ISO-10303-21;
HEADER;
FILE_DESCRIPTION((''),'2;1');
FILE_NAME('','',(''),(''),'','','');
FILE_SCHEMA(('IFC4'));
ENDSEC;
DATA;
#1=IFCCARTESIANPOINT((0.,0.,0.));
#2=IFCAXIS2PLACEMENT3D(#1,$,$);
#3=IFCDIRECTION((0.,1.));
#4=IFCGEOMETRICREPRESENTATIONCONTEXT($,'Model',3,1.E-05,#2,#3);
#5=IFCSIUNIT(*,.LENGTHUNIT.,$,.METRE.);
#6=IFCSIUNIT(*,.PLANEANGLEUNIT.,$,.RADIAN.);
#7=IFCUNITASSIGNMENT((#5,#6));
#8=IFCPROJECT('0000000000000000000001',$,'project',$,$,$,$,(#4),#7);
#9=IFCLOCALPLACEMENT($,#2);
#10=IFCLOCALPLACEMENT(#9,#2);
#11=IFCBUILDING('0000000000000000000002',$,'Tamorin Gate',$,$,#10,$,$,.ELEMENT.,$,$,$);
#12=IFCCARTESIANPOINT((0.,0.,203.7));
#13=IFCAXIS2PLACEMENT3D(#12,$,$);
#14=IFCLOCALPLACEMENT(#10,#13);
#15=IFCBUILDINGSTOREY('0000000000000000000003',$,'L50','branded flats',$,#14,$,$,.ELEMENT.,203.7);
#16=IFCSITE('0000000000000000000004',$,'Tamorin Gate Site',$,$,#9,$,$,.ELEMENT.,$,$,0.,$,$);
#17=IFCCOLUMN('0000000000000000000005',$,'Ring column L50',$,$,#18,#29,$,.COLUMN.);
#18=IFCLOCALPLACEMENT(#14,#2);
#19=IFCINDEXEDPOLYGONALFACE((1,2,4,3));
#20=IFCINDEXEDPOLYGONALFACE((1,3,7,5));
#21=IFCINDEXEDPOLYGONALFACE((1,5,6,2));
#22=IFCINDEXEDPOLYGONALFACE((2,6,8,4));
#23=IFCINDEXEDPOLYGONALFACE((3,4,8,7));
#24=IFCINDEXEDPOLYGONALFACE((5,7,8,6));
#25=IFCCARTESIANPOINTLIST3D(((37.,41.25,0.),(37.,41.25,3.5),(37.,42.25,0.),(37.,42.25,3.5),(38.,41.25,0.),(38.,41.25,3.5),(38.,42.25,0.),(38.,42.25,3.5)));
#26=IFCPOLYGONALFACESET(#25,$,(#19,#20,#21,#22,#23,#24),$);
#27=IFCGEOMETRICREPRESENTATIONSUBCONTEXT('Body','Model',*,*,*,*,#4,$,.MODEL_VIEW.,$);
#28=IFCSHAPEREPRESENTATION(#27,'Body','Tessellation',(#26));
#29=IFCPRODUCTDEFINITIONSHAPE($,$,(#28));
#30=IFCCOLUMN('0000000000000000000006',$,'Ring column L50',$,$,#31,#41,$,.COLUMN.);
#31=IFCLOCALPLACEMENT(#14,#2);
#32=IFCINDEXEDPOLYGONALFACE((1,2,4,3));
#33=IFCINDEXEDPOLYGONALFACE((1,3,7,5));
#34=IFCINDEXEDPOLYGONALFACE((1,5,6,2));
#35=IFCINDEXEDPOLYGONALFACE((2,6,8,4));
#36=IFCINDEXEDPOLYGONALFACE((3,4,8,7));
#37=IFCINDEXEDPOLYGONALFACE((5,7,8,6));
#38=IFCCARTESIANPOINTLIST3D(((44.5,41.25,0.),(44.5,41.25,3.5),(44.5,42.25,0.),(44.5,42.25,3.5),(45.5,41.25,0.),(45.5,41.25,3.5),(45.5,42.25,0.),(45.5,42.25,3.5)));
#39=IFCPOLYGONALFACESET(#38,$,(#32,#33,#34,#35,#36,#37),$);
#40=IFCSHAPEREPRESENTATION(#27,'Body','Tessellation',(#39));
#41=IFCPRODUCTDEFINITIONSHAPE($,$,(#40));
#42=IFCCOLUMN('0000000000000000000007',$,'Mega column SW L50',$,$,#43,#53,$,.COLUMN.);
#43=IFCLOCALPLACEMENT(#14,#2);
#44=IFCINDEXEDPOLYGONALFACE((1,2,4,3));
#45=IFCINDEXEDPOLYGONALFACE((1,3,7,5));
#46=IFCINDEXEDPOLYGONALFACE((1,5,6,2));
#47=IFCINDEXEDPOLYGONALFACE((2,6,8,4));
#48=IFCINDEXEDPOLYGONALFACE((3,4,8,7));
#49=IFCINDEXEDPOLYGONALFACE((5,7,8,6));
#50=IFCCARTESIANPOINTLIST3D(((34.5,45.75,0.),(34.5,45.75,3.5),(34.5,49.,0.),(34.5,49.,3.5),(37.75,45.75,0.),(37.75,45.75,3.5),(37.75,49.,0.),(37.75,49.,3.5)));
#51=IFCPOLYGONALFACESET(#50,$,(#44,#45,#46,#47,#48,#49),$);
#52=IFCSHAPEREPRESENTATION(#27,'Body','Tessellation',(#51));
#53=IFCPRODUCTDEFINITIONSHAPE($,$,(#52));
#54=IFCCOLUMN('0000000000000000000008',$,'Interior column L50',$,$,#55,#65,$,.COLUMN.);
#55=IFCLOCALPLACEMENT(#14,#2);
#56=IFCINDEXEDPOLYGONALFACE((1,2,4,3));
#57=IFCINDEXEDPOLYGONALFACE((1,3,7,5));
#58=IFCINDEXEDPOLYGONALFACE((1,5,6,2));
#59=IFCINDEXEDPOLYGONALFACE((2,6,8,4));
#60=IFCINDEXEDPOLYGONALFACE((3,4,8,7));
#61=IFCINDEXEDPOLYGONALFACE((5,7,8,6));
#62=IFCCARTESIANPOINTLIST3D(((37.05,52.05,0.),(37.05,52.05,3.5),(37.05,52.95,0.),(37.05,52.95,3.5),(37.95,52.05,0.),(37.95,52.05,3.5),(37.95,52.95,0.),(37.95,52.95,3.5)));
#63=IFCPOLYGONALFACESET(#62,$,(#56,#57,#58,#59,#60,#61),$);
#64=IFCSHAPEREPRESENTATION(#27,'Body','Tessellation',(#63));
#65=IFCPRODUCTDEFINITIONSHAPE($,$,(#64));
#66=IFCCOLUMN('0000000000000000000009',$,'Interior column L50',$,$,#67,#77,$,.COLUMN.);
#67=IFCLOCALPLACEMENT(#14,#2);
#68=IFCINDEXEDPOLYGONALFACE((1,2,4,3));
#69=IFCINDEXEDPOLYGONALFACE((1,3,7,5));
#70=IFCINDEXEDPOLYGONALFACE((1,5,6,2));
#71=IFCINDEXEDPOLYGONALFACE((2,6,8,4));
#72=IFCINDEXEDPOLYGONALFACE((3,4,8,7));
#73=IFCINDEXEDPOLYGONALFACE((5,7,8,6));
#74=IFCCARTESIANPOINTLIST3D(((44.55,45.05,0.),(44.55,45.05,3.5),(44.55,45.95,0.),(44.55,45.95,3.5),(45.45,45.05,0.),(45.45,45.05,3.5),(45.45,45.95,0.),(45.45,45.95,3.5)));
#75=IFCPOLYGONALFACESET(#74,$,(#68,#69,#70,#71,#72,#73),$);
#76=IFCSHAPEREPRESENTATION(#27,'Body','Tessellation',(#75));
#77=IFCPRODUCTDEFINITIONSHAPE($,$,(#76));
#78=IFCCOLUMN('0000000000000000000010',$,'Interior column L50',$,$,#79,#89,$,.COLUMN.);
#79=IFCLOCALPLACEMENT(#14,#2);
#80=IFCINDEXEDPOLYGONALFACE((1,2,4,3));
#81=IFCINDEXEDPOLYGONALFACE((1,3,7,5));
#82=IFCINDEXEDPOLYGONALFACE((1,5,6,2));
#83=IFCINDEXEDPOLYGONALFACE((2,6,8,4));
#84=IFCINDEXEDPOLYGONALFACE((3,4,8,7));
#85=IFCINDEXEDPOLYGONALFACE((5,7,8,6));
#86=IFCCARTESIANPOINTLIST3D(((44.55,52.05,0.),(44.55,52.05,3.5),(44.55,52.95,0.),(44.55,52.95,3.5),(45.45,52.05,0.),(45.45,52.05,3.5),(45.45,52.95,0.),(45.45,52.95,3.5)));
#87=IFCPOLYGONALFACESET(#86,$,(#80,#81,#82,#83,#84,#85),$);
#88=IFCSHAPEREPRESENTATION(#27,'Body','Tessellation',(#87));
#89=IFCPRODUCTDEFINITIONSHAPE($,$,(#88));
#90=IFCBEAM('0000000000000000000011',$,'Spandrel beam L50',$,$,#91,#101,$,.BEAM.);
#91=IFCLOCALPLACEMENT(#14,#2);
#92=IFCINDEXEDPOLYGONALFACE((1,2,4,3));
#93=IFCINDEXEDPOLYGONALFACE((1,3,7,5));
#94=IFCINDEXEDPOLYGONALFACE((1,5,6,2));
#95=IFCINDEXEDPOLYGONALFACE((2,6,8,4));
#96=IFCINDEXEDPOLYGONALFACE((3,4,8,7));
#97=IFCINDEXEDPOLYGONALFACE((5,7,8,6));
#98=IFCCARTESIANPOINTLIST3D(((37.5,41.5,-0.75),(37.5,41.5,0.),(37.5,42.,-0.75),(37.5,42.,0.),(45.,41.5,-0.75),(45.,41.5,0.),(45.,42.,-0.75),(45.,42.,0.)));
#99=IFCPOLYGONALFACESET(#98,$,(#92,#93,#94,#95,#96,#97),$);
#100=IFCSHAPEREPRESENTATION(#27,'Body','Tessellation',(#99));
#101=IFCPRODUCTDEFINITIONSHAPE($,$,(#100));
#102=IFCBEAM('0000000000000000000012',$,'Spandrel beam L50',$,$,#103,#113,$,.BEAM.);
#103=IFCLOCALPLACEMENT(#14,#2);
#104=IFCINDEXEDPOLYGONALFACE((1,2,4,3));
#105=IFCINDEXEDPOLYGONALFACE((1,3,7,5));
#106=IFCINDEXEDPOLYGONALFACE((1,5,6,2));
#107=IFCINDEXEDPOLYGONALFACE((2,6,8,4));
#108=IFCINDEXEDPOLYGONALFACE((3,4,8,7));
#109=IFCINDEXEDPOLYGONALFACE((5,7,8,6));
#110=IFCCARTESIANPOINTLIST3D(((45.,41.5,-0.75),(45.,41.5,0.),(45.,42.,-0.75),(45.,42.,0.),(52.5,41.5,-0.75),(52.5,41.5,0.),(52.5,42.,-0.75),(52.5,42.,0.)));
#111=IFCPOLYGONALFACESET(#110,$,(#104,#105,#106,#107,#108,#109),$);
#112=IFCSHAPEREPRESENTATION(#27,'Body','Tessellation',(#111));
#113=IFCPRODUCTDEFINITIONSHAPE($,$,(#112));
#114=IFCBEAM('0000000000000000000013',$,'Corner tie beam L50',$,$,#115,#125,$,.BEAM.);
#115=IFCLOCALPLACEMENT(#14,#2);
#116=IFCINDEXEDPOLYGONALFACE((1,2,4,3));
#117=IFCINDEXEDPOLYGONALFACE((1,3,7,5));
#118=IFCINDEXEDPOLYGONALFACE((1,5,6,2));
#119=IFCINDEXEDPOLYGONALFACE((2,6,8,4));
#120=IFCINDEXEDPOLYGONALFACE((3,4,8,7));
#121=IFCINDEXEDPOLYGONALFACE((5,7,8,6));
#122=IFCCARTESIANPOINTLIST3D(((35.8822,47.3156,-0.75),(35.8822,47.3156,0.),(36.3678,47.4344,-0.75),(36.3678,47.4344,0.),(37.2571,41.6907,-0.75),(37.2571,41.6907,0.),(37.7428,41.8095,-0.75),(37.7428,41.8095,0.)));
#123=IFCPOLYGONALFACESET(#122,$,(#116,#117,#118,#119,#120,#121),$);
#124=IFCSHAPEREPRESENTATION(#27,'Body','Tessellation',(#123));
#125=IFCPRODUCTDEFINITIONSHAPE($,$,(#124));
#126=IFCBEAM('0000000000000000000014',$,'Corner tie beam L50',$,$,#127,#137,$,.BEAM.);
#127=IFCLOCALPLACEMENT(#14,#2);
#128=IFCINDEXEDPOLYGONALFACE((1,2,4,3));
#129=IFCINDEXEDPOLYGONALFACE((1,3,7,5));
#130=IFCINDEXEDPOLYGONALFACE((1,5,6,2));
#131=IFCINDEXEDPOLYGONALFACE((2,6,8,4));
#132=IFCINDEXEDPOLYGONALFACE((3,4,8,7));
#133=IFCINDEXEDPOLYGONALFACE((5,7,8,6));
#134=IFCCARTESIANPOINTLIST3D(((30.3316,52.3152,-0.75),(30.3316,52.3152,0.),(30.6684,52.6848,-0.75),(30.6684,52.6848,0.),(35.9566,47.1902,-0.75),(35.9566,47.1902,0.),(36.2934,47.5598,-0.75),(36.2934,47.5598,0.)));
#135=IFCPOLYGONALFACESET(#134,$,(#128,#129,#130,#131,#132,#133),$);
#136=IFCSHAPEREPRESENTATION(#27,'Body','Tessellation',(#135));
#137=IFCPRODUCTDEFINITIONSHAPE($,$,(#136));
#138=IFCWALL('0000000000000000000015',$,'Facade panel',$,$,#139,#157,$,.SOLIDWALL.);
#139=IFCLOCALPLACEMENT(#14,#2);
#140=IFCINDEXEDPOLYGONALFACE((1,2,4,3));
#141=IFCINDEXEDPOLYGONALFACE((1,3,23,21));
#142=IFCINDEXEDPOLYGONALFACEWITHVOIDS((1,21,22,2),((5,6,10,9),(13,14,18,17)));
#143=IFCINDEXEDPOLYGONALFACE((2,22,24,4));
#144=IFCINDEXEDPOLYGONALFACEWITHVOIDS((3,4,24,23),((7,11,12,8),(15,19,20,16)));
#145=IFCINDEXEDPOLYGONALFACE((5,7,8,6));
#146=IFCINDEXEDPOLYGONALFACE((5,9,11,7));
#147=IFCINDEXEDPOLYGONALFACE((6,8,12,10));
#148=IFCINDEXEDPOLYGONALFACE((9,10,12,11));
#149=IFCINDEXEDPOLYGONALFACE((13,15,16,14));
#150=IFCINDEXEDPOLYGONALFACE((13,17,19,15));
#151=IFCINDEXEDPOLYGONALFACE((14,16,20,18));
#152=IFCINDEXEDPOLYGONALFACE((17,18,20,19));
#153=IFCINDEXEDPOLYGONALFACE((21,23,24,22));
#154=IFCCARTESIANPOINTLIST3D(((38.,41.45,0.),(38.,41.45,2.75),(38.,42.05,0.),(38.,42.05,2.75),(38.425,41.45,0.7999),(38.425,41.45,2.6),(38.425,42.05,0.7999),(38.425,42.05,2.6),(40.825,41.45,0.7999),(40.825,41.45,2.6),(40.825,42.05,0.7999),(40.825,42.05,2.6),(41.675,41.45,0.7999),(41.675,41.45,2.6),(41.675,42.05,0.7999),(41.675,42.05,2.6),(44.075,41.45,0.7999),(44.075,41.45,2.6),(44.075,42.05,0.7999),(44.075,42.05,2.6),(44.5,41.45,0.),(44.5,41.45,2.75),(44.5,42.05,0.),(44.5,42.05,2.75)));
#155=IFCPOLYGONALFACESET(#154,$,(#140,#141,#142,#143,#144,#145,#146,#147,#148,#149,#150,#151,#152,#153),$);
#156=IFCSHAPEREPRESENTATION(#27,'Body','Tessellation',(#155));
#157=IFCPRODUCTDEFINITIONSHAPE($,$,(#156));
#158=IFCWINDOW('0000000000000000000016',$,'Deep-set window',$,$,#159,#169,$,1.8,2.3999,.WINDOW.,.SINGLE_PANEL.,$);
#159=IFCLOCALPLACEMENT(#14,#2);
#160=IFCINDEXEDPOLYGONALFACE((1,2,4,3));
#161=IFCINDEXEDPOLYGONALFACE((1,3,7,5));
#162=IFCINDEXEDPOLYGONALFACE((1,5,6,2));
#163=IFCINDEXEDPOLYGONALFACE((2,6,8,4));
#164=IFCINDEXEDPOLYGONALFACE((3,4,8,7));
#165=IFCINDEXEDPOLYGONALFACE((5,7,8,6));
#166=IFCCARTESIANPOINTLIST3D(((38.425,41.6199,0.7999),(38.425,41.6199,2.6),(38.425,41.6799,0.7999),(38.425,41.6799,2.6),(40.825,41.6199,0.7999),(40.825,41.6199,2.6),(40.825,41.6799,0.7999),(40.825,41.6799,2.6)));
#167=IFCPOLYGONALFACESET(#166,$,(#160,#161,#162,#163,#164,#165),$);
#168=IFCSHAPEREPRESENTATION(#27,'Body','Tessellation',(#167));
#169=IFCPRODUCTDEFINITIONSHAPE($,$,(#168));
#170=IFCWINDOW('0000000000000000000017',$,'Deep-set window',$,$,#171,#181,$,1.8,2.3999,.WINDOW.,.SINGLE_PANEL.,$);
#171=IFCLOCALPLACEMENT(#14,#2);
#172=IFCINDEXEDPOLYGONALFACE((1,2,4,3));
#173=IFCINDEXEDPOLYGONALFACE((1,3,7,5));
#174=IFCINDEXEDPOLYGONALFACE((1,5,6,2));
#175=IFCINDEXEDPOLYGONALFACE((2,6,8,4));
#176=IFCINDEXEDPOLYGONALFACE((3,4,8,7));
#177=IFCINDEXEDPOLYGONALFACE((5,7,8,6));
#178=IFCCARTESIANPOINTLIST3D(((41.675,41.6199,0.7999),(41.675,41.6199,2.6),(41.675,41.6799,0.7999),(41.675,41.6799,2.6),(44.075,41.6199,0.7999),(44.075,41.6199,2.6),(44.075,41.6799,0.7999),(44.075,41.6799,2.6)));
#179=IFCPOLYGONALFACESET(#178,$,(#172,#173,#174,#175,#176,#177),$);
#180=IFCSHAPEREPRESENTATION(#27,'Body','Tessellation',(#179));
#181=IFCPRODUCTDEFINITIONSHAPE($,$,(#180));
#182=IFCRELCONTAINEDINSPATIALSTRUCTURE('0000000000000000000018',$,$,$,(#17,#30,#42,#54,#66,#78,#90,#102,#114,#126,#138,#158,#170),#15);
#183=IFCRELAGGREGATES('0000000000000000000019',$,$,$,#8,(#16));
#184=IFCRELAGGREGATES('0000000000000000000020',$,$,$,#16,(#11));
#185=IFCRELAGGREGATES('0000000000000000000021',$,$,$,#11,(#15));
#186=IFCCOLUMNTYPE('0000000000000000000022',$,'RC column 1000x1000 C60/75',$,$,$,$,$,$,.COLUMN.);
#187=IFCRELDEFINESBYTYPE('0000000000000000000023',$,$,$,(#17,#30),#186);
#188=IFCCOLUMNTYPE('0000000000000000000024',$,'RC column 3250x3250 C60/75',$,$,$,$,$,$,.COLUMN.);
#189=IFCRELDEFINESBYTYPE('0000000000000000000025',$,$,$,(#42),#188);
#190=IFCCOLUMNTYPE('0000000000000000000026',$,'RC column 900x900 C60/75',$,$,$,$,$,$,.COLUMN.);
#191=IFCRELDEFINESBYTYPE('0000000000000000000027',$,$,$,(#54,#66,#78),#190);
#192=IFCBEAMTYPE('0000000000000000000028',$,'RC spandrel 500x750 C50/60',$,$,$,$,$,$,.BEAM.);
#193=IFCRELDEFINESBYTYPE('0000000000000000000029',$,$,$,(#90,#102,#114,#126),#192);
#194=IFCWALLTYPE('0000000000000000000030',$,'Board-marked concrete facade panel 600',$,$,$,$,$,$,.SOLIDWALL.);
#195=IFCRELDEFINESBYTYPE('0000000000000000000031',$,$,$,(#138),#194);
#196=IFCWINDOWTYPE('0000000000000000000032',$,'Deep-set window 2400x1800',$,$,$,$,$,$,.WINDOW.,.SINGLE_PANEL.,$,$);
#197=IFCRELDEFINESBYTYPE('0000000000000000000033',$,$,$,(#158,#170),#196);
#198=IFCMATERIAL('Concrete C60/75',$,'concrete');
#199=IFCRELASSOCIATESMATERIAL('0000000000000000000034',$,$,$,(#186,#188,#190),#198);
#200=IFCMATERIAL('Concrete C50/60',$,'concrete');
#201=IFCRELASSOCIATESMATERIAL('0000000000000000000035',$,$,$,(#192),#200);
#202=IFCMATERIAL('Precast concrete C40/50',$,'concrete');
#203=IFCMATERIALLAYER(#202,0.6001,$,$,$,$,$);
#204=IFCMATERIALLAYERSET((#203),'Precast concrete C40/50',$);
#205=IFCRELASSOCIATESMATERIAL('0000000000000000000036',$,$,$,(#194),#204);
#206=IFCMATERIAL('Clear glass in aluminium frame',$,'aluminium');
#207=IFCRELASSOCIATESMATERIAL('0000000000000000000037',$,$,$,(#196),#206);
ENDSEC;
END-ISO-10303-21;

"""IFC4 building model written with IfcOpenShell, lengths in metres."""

from ifc_helpers import new_model, si_unit, direction, frame, frame_2d, origin, origin_2d, place, context, subcontext, project, spatial, rectangle, extrude, material, layer, layer_set, material_profile, profile_set, type_object, element, fill, save


model = new_model("IFC4")

# Units and contexts
model_context = context("Model", 3, precision=1e-05, world=origin(), true_north=direction((0.0, 1.0)))
body_context = subcontext(model_context, "Body", "Model", "MODEL_VIEW")
ifc_project = project(units=[si_unit("LENGTHUNIT", "METRE"), si_unit("PLANEANGLEUNIT", "RADIAN")], contexts=[model_context])

# Site, building, storey
site_placement = place(None, origin())
site = spatial("IfcSite", under=ifc_project, at=site_placement, Name="Tamorin Gate Site", CompositionType="ELEMENT", RefElevation=0.0)
building_placement = place(site_placement, origin())
building = spatial("IfcBuilding", under=site, at=building_placement, Name="Tamorin Gate", CompositionType="ELEMENT")
storey_placement = place(building_placement, frame((0.0, 0.0, 203.7)))
storey = spatial("IfcBuildingStorey", under=building, at=storey_placement, Name="L50", Description="branded flats", CompositionType="ELEMENT", Elevation=203.7)

# Columns
ifc_material_1 = material(Name="Concrete C60/75", Category="concrete")
ifc_material_profile_1 = material_profile(ifc_material_1, rectangle(XDim=1.0, YDim=1.0, at=origin_2d()), Name="RC 1000x1000")
ifc_profile_set_1 = profile_set([ifc_material_profile_1], Name="Concrete C60/75")
column_type_1 = type_object("IfcColumnType", Name="RC column 1000x1000 C60/75", PredefinedType="COLUMN", material=ifc_profile_set_1)
for number, where, z_axis, x_axis, name in (
    (1, (37.5, 41.75, 0.0), (0.0, 0.0, 1.0), (1.0, 0.0, 0.0), "Ring column L50"),
    (2, (45.0, 41.75, 0.0), (0.0, 0.0, 1.0), (1.0, 0.0, 0.0), "Ring column L50"),
):
    element("IfcColumn", number, at=place(storey_placement, frame(where, z_axis=z_axis, x_axis=x_axis)), inside=storey, type_object=column_type_1, Name=name, PredefinedType="COLUMN", context=body_context, shape_type="SweptSolid", body=[
        extrude(rectangle(XDim=1.0, YDim=1.0, at=origin_2d()), origin(), (0.0, 0.0, 1.0), 3.5),
    ])
ifc_material_profile_2 = material_profile(ifc_material_1, rectangle(XDim=3.25, YDim=3.25, at=origin_2d()), Name="RC 3250x3250")
ifc_profile_set_2 = profile_set([ifc_material_profile_2], Name="Concrete C60/75")
column_type_2 = type_object("IfcColumnType", Name="RC column 3250x3250 C60/75", PredefinedType="COLUMN", material=ifc_profile_set_2)
column_placement = place(storey_placement, frame((36.125, 47.375, 0.0), z_axis=(0.0, 0.0, 1.0), x_axis=(1.0, 0.0, 0.0)))
element("IfcColumn", 3, at=column_placement, inside=storey, type_object=column_type_2, Name="Mega column SW L50", PredefinedType="COLUMN", context=body_context, shape_type="SweptSolid", body=[
    extrude(rectangle(XDim=3.25, YDim=3.25, at=origin_2d()), origin(), (0.0, 0.0, 1.0), 3.5),
])
ifc_material_profile_3 = material_profile(ifc_material_1, rectangle(XDim=0.8999, YDim=0.8999, at=origin_2d()), Name="RC 900x900")
ifc_profile_set_3 = profile_set([ifc_material_profile_3], Name="Concrete C60/75")
column_type_3 = type_object("IfcColumnType", Name="RC column 900x900 C60/75", PredefinedType="COLUMN", material=ifc_profile_set_3)
for number, where, z_axis, x_axis, name in (
    (4, (37.5, 52.5, 0.0), (0.0, 0.0, 1.0), (1.0, 0.0, 0.0), "Interior column L50"),
    (5, (45.0, 45.5, 0.0), (0.0, 0.0, 1.0), (1.0, 0.0, 0.0), "Interior column L50"),
    (6, (45.0, 52.5, 0.0), (0.0, 0.0, 1.0), (1.0, 0.0, 0.0), "Interior column L50"),
):
    element("IfcColumn", number, at=place(storey_placement, frame(where, z_axis=z_axis, x_axis=x_axis)), inside=storey, type_object=column_type_3, Name=name, PredefinedType="COLUMN", context=body_context, shape_type="SweptSolid", body=[
        extrude(rectangle(XDim=0.8999, YDim=0.8999, at=origin_2d()), origin(), (0.0, 0.0, 1.0), 3.5),
    ])

# Beams
ifc_material_2 = material(Name="Concrete C50/60", Category="concrete")
ifc_material_profile_4 = material_profile(ifc_material_2, rectangle(XDim=0.5, YDim=0.75, at=origin_2d()), Name="RC 500x750")
ifc_profile_set_4 = profile_set([ifc_material_profile_4], Name="Concrete C50/60")
beam_type = type_object("IfcBeamType", Name="RC spandrel 500x750 C50/60", PredefinedType="BEAM", material=ifc_profile_set_4)
for number, where, z_axis, x_axis, name in (
    (7, (37.5, 41.75, -0.375), (1.0, 0.0, 0.0), (0.0, 1.0, 0.0), "Spandrel beam L50"),
    (8, (45.0, 41.75, -0.375), (1.0, 0.0, 0.0), (0.0, 1.0, 0.0), "Spandrel beam L50"),
):
    element("IfcBeam", number, at=place(storey_placement, frame(where, z_axis=z_axis, x_axis=x_axis)), inside=storey, type_object=beam_type, Name=name, PredefinedType="BEAM", context=body_context, shape_type="SweptSolid", body=[
        extrude(rectangle(XDim=0.5, YDim=0.75, at=origin_2d()), origin(), (0.0, 0.0, 1.0), 7.5),
    ])
beam_1_placement = place(storey_placement, frame((36.125, 47.375, -0.375), z_axis=(0.237453, -0.971399, 0.0), x_axis=(0.971399, 0.237453, 0.0)))
element("IfcBeam", 9, at=beam_1_placement, inside=storey, type_object=beam_type, Name="Corner tie beam L50", PredefinedType="BEAM", context=body_context, shape_type="SweptSolid", body=[
    extrude(rectangle(XDim=0.5, YDim=0.75, at=origin_2d()), origin(), (0.0, 0.0, 1.0), 5.7905),
])
beam_2_placement = place(storey_placement, frame((36.125, 47.375, -0.375), z_axis=(-0.739196, 0.67349, 0.0), x_axis=(-0.67349, -0.739196, 0.0)))
element("IfcBeam", 10, at=beam_2_placement, inside=storey, type_object=beam_type, Name="Corner tie beam L50", PredefinedType="BEAM", context=body_context, shape_type="SweptSolid", body=[
    extrude(rectangle(XDim=0.5, YDim=0.75, at=origin_2d()), origin(), (0.0, 0.0, 1.0), 7.6096),
])

# Wall, openings, windows
ifc_material_3 = material(Name="Precast concrete C40/50", Category="concrete")
ifc_layer_1 = layer(ifc_material_3, 0.6001)
ifc_layer_set_1 = layer_set([ifc_layer_1], Name="Precast concrete C40/50")
wall_type_1 = type_object("IfcWallType", Name="Board-marked concrete facade panel 600", PredefinedType="SOLIDWALL", material=ifc_layer_set_1)
wall_1_placement = place(storey_placement, frame((38.0, 41.75, 0.0), z_axis=(0.0, 0.0, 1.0), x_axis=(1.0, 0.0, 0.0)))
wall_1 = element("IfcWall", 11, at=wall_1_placement, inside=storey, type_object=wall_type_1, Name="Facade panel", PredefinedType="SOLIDWALL", context=body_context, shape_type="SweptSolid", body=[
    extrude(rectangle(XDim=6.5, YDim=0.6001, at=frame_2d((3.25, 0.0))), origin(), (0.0, 0.0, 1.0), 2.75),
])
opening_1_placement = place(wall_1_placement, frame((0.425, 0.0, 0.8)))
opening_1 = element("IfcOpeningElement", 12, at=opening_1_placement, cuts=wall_1, PredefinedType="OPENING", context=body_context, shape_type="SweptSolid", body=[
    extrude(rectangle(XDim=2.3999, YDim=1.8, at=frame_2d((1.2, 0.8999))), frame((0.0, 0.3101, 0.0), z_axis=(0.0, -1.0, 0.0), x_axis=(1.0, 0.0, 0.0)), (0.0, 0.0, 1.0), 0.6201),
])
opening_2_placement = place(wall_1_placement, frame((3.675, 0.0, 0.8)))
opening_2 = element("IfcOpeningElement", 13, at=opening_2_placement, cuts=wall_1, PredefinedType="OPENING", context=body_context, shape_type="SweptSolid", body=[
    extrude(rectangle(XDim=2.3999, YDim=1.8, at=frame_2d((1.2, 0.8999))), frame((0.0, 0.3101, 0.0), z_axis=(0.0, -1.0, 0.0), x_axis=(1.0, 0.0, 0.0)), (0.0, 0.0, 1.0), 0.6201),
])
ifc_material_4 = material(Name="Clear glass in aluminium frame", Category="aluminium")
window_type = type_object("IfcWindowType", Name="Deep-set window 2400x1800", PartitioningType="SINGLE_PANEL", PredefinedType="WINDOW", material=ifc_material_4)
window_1_placement = place(opening_1_placement, origin())
window_1 = element("IfcWindow", 14, at=window_1_placement, inside=storey, type_object=window_type, Name="Deep-set window", OverallHeight=1.8, OverallWidth=2.3999, PartitioningType="SINGLE_PANEL", PredefinedType="WINDOW", context=body_context, shape_type="SweptSolid", body=[
    extrude(rectangle(XDim=2.3999, YDim=1.8, at=frame_2d((1.2, 0.8999))), frame((0.0, -0.0701, 0.0), z_axis=(0.0, -1.0, 0.0), x_axis=(1.0, 0.0, 0.0)), (0.0, 0.0, 1.0), 0.0601),
])
fill(opening_1, window_1)
window_2_placement = place(opening_2_placement, origin())
window_2 = element("IfcWindow", 15, at=window_2_placement, inside=storey, type_object=window_type, Name="Deep-set window", OverallHeight=1.8, OverallWidth=2.3999, PartitioningType="SINGLE_PANEL", PredefinedType="WINDOW", context=body_context, shape_type="SweptSolid", body=[
    extrude(rectangle(XDim=2.3999, YDim=1.8, at=frame_2d((1.2, 0.8999))), frame((0.0, -0.0701, 0.0), z_axis=(0.0, -1.0, 0.0), x_axis=(1.0, 0.0, 0.0)), (0.0, 0.0, 1.0), 0.0601),
])
fill(opening_2, window_2)

save(model, "model.ifc")
